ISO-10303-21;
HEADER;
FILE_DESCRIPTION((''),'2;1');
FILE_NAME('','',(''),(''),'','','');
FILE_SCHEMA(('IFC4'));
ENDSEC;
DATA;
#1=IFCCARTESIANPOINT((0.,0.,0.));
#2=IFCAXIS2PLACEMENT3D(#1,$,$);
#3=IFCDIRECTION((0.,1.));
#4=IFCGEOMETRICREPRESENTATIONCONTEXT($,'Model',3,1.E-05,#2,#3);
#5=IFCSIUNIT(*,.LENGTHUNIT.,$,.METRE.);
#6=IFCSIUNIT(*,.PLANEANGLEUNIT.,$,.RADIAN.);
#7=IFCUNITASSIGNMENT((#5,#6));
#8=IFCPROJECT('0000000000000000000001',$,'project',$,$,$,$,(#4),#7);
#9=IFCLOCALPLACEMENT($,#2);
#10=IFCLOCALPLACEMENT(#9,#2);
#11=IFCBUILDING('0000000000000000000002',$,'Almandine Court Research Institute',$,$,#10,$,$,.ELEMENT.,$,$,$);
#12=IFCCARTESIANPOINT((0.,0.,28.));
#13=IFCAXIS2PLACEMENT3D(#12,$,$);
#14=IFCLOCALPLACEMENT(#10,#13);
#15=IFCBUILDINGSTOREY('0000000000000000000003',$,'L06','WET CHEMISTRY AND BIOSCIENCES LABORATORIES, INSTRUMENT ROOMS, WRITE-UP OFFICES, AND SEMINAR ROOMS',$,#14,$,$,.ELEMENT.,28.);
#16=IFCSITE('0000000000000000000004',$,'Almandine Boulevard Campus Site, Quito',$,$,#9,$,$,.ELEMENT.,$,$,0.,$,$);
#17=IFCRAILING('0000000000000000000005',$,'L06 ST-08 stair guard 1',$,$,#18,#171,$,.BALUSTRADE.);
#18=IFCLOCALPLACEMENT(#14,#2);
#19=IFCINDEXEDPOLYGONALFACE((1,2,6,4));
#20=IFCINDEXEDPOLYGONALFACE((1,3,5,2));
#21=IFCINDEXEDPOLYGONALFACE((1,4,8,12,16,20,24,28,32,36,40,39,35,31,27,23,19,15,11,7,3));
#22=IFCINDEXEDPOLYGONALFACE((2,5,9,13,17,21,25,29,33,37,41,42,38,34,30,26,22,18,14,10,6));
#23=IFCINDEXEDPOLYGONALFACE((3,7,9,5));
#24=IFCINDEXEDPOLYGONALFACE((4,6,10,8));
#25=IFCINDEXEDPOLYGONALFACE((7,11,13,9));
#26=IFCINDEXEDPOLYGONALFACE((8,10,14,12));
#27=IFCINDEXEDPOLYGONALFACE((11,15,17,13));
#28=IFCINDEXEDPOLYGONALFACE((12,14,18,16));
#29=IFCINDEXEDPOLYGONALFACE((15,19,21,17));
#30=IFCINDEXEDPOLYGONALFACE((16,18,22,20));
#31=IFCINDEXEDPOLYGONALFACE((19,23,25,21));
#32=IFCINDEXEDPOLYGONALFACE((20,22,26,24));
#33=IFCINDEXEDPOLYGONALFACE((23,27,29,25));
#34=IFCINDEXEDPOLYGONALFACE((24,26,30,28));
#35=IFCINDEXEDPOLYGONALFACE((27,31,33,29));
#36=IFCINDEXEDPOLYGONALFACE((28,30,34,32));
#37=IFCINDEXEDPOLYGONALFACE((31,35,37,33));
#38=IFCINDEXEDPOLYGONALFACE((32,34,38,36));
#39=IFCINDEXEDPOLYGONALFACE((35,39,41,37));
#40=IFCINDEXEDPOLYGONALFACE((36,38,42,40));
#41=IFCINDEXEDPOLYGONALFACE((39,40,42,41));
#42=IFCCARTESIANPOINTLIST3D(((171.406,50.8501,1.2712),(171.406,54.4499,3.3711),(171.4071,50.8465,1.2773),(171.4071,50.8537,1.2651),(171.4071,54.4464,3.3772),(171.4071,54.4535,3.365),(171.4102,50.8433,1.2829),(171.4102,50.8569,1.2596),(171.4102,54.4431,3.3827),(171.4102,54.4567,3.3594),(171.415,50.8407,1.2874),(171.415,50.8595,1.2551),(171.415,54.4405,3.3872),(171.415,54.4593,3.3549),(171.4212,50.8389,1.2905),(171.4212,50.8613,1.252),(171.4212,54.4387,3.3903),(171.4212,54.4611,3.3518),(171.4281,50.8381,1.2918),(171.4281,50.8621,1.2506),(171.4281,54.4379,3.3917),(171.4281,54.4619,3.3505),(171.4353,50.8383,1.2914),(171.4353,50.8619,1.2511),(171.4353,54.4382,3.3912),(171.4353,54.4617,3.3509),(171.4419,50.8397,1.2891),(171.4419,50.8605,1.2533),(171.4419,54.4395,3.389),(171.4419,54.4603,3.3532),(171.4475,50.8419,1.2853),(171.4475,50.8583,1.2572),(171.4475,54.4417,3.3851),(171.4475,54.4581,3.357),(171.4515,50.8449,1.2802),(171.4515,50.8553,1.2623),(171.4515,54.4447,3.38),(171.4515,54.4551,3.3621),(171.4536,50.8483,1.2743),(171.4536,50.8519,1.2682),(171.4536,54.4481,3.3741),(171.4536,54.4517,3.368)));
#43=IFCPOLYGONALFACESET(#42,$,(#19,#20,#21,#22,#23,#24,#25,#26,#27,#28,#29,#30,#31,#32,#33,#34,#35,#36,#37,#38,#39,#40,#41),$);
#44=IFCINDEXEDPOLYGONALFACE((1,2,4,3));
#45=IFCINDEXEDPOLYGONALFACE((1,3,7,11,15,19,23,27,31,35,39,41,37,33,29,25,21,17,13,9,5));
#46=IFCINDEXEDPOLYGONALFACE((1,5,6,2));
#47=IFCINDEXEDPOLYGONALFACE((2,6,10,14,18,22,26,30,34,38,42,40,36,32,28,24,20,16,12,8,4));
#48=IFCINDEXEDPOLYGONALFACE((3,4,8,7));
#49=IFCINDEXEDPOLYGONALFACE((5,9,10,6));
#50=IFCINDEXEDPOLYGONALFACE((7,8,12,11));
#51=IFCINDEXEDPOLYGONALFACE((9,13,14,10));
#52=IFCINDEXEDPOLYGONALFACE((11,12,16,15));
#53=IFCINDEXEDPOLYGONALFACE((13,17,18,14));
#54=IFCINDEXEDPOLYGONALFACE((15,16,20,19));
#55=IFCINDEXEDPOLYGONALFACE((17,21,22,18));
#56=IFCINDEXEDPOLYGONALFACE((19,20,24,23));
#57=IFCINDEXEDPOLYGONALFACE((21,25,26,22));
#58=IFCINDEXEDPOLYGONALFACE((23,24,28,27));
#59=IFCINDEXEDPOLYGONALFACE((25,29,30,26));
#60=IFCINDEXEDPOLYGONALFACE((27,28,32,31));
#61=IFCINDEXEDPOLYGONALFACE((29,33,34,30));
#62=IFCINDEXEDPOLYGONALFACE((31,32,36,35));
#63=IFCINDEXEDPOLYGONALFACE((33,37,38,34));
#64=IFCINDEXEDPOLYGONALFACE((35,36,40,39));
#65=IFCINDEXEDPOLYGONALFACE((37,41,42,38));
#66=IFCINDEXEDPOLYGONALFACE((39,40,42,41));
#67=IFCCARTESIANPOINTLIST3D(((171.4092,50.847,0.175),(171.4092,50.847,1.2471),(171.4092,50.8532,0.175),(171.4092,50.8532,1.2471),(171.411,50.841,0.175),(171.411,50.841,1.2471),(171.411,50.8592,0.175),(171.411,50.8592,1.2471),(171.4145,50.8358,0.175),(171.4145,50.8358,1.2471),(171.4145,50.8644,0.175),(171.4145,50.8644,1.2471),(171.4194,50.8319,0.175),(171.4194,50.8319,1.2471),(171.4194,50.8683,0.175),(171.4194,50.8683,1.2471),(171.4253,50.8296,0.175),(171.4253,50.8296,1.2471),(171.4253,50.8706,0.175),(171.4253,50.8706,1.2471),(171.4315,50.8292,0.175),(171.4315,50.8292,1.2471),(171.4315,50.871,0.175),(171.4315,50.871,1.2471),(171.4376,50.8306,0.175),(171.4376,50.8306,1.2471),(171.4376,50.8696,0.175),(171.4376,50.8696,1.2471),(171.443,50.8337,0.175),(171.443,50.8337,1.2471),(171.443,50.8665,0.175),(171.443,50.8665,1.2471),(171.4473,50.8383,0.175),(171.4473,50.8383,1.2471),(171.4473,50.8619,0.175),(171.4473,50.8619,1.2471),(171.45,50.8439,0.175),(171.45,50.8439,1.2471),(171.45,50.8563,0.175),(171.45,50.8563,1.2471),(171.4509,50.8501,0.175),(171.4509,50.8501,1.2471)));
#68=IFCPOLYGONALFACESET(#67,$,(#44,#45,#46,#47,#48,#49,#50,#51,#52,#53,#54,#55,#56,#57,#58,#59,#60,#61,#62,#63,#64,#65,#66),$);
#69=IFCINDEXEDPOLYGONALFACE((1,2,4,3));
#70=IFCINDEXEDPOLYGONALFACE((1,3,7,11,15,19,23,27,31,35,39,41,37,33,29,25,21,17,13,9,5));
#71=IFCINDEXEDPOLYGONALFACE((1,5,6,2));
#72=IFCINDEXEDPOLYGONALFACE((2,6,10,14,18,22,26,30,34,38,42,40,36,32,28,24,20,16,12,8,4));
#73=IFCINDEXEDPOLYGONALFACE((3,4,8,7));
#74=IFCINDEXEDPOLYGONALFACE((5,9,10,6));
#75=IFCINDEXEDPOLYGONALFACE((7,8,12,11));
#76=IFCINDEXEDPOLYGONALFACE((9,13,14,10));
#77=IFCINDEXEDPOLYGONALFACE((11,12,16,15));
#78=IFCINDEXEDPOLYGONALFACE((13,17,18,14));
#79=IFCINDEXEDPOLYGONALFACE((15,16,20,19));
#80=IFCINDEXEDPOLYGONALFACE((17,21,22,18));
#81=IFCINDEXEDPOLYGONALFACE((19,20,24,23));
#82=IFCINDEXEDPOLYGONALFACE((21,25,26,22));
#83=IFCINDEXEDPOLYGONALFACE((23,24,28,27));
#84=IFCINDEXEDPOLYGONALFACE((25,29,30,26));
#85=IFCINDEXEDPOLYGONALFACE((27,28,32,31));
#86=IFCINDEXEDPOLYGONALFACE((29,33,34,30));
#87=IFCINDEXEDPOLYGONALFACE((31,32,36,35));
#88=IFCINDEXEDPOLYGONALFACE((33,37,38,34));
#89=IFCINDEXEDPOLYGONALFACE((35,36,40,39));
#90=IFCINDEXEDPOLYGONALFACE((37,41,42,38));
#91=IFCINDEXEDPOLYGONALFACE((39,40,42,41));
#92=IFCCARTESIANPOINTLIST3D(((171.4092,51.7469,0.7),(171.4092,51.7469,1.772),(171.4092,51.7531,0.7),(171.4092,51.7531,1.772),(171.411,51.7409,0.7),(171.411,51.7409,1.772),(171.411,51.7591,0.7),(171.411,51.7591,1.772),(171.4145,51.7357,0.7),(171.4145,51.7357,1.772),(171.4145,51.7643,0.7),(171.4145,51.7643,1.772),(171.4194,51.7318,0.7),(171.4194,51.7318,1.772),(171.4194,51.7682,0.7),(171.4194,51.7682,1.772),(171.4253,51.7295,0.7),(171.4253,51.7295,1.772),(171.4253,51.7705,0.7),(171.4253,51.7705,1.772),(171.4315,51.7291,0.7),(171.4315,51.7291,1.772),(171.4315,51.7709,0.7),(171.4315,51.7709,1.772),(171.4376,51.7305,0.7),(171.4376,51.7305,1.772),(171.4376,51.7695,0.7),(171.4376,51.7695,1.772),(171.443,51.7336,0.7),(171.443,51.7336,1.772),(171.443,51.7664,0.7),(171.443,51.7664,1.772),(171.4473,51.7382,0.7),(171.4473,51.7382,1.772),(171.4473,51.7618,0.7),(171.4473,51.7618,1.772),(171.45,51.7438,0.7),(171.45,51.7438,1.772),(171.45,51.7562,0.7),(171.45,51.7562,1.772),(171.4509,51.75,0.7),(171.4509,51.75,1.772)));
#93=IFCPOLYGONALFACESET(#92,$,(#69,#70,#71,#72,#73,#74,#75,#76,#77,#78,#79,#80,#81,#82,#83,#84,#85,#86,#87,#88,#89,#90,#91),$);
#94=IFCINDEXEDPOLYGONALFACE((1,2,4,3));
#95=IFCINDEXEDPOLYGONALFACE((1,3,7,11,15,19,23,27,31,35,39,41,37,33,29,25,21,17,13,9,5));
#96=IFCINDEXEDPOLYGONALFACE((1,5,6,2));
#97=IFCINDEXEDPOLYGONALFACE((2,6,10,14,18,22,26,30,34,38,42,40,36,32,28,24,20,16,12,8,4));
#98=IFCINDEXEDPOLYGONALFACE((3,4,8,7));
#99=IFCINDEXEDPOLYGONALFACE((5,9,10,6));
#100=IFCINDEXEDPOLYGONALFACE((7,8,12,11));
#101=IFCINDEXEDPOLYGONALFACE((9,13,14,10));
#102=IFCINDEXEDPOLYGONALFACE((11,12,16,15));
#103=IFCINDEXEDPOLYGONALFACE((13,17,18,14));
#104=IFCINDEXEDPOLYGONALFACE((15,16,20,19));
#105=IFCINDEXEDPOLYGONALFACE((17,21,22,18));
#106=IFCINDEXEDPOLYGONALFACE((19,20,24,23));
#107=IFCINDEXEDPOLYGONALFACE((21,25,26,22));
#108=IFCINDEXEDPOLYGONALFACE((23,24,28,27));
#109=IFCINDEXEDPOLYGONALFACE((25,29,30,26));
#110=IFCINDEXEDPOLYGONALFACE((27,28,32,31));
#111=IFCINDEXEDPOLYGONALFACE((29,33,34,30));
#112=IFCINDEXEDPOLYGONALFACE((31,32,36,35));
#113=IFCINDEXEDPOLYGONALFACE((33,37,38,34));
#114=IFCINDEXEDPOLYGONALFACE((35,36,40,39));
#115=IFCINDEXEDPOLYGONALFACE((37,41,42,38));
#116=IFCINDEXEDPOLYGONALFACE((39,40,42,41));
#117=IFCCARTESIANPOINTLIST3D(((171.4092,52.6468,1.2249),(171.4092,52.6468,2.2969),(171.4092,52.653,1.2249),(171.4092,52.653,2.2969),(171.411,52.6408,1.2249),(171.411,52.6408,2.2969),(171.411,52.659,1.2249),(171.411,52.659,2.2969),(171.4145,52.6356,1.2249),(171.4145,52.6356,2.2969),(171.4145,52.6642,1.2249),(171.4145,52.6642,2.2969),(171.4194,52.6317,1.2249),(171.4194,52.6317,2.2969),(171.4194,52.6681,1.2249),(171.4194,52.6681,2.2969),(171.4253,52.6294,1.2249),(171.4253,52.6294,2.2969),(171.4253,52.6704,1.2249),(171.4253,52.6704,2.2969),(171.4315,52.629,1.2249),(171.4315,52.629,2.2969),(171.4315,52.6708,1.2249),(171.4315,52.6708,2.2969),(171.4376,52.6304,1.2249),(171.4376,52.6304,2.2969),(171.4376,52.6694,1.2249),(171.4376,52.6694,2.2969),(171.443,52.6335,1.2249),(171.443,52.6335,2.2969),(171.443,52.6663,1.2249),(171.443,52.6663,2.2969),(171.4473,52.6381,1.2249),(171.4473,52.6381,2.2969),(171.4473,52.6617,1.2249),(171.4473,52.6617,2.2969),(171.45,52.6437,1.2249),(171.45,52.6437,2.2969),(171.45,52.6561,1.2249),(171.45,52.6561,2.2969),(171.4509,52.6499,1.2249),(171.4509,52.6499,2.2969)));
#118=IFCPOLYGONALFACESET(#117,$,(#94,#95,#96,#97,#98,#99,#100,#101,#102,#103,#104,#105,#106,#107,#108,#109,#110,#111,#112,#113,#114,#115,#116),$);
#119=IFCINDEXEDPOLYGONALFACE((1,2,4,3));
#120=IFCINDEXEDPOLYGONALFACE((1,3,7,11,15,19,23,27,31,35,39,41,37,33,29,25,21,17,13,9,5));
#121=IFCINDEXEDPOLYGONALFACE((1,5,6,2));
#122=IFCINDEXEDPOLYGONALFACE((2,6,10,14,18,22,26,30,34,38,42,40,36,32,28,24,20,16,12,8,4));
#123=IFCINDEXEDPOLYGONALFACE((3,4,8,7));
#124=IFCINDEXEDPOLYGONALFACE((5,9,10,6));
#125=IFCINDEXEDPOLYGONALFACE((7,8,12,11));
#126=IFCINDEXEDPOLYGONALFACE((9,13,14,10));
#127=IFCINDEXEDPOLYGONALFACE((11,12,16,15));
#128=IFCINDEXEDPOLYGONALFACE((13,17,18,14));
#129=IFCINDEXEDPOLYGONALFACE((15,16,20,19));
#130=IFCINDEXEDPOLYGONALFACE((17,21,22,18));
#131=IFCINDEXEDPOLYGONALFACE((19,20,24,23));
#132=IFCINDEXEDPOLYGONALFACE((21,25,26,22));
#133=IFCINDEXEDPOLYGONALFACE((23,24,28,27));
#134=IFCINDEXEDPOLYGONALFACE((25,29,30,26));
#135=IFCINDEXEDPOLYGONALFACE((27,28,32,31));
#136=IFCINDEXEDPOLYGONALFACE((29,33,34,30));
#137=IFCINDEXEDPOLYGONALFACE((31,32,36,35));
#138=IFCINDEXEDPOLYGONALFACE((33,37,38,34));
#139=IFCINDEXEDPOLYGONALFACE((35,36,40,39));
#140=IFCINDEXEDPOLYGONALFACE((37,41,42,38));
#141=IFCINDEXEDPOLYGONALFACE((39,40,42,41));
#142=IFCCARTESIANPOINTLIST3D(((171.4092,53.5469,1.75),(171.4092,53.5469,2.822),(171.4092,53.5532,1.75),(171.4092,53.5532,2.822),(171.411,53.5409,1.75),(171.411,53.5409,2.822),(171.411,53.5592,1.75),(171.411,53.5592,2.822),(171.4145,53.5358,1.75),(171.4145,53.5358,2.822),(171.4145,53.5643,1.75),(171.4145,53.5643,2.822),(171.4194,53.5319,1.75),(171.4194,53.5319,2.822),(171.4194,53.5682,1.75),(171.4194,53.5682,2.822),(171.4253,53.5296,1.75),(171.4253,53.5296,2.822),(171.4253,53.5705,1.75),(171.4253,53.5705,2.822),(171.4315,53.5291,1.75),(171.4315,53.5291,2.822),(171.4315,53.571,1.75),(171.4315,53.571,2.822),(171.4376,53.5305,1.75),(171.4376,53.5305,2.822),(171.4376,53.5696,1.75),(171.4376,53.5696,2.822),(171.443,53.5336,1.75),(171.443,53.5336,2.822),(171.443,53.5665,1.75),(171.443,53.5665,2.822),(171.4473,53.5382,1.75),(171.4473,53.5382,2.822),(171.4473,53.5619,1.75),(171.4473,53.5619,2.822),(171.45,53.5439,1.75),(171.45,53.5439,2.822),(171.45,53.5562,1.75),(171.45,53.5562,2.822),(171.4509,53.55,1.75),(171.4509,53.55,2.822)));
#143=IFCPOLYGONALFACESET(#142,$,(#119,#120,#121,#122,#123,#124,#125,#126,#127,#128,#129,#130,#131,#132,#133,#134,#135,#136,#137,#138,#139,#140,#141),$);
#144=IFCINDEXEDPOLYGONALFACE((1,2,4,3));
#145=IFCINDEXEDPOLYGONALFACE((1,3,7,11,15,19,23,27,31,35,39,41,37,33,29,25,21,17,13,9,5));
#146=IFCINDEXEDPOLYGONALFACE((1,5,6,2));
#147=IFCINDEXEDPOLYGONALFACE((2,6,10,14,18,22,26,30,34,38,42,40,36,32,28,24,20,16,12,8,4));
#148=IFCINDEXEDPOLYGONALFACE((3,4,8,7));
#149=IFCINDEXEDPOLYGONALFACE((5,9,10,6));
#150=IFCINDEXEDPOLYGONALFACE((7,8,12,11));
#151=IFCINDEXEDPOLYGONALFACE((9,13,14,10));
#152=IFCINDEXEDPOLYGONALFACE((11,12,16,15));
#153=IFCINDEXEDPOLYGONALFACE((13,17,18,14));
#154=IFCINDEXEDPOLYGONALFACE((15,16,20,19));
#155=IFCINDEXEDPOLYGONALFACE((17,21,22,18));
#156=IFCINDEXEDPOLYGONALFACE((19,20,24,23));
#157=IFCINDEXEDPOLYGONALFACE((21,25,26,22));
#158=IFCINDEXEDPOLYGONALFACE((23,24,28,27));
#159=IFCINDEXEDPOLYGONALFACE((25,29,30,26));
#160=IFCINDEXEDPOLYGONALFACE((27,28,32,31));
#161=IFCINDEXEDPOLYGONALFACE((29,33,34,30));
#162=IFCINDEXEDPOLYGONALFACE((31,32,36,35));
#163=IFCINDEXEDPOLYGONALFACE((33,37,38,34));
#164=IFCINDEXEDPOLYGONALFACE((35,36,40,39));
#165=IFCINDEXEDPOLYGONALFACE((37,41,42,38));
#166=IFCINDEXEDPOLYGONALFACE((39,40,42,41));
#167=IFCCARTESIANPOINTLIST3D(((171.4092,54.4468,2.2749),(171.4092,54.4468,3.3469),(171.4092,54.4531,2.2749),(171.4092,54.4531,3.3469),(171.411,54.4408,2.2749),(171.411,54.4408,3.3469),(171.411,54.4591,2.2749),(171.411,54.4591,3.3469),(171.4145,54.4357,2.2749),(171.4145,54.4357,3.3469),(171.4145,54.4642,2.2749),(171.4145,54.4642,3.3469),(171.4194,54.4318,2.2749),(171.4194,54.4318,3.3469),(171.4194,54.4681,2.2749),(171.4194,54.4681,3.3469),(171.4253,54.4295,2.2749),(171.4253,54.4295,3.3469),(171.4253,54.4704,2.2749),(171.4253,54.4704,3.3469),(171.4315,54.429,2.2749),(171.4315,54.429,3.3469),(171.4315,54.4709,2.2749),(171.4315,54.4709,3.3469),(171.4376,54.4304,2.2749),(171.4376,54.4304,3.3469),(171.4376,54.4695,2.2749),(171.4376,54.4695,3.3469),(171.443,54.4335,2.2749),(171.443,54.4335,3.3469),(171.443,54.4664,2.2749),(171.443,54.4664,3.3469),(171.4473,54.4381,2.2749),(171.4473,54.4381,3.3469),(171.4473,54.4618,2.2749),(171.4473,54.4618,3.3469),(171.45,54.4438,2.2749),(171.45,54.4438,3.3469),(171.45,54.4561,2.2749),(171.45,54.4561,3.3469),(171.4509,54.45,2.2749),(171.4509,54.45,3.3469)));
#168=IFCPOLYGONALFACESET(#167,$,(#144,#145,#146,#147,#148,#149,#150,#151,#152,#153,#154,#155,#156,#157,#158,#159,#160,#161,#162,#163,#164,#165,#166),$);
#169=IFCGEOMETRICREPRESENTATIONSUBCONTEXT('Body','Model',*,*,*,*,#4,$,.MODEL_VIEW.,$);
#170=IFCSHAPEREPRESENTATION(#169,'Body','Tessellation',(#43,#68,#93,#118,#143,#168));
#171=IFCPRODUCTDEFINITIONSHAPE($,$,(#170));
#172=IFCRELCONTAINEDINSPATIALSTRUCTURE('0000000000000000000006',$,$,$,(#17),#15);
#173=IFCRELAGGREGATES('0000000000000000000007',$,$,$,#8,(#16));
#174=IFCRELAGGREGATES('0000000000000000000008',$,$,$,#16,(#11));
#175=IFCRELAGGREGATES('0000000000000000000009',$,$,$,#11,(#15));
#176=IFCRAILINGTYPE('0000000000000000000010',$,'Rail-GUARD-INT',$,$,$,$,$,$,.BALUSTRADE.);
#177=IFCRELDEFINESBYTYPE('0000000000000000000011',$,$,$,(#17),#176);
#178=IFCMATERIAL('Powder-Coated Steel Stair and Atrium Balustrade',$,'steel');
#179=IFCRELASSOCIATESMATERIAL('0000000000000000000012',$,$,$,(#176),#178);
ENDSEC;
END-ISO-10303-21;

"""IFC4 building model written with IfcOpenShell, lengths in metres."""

from ifc_helpers import new_model, si_unit, direction, frame, origin, origin_2d, place, context, subcontext, project, spatial, circle, extrude, material, type_object, element, save


model = new_model("IFC4")

# Units and contexts
model_context = context("Model", 3, precision=1e-05, world=origin(), true_north=direction((0.0, 1.0)))
body_context = subcontext(model_context, "Body", "Model", "MODEL_VIEW")
ifc_project = project(units=[si_unit("LENGTHUNIT", "METRE"), si_unit("PLANEANGLEUNIT", "RADIAN")], contexts=[model_context])

# Site, building, storey
site_placement = place(None, origin())
site = spatial("IfcSite", under=ifc_project, at=site_placement, Name="Almandine Boulevard Campus Site, Quito", CompositionType="ELEMENT", RefElevation=0.0)
building_placement = place(site_placement, origin())
building = spatial("IfcBuilding", under=site, at=building_placement, Name="Almandine Court Research Institute", CompositionType="ELEMENT")
storey_placement = place(building_placement, frame((0.0, 0.0, 28.0)))
storey = spatial("IfcBuildingStorey", under=building, at=storey_placement, Name="L06", Description="WET CHEMISTRY AND BIOSCIENCES LABORATORIES, INSTRUMENT ROOMS, WRITE-UP OFFICES, AND SEMINAR ROOMS", CompositionType="ELEMENT", Elevation=28.0)

# Railing
ifc_material_1 = material(Name="Powder-Coated Steel Stair and Atrium Balustrade", Category="steel")
railing_type_1 = type_object("IfcRailingType", Name="Rail-GUARD-INT", PredefinedType="BALUSTRADE", material=ifc_material_1)
railing_1_placement = place(storey_placement, frame((171.4299, 50.8501, 0.175)))
element("IfcRailing", 1, at=railing_1_placement, inside=storey, type_object=railing_type_1, Name="L06 ST-08 stair guard 1", PredefinedType="BALUSTRADE", context=body_context, shape_type="SweptSolid", body=[
    extrude(circle(Radius=0.0239, at=origin_2d()), frame((0.0, 0.0, 1.0962), z_axis=(0.0, 0.863785, 0.50386), x_axis=(-1.0, 0.0, 0.0)), (0.0, 0.0, 1.0), 4.1675),
    extrude(circle(Radius=0.021, at=origin_2d()), origin(), (0.0, 0.0, 1.0), 1.072),
    extrude(circle(Radius=0.021, at=origin_2d()), frame((0.0, 0.8999, 0.5249)), (0.0, 0.0, 1.0), 1.072),
    extrude(circle(Radius=0.021, at=origin_2d()), frame((0.0, 1.7998, 1.0498)), (0.0, 0.0, 1.0), 1.072),
    extrude(circle(Radius=0.021, at=origin_2d()), frame((0.0, 2.7, 1.575)), (0.0, 0.0, 1.0), 1.072),
    extrude(circle(Radius=0.021, at=origin_2d()), frame((0.0, 3.5999, 2.0999)), (0.0, 0.0, 1.0), 1.072),
])

save(model, "model.ifc")
